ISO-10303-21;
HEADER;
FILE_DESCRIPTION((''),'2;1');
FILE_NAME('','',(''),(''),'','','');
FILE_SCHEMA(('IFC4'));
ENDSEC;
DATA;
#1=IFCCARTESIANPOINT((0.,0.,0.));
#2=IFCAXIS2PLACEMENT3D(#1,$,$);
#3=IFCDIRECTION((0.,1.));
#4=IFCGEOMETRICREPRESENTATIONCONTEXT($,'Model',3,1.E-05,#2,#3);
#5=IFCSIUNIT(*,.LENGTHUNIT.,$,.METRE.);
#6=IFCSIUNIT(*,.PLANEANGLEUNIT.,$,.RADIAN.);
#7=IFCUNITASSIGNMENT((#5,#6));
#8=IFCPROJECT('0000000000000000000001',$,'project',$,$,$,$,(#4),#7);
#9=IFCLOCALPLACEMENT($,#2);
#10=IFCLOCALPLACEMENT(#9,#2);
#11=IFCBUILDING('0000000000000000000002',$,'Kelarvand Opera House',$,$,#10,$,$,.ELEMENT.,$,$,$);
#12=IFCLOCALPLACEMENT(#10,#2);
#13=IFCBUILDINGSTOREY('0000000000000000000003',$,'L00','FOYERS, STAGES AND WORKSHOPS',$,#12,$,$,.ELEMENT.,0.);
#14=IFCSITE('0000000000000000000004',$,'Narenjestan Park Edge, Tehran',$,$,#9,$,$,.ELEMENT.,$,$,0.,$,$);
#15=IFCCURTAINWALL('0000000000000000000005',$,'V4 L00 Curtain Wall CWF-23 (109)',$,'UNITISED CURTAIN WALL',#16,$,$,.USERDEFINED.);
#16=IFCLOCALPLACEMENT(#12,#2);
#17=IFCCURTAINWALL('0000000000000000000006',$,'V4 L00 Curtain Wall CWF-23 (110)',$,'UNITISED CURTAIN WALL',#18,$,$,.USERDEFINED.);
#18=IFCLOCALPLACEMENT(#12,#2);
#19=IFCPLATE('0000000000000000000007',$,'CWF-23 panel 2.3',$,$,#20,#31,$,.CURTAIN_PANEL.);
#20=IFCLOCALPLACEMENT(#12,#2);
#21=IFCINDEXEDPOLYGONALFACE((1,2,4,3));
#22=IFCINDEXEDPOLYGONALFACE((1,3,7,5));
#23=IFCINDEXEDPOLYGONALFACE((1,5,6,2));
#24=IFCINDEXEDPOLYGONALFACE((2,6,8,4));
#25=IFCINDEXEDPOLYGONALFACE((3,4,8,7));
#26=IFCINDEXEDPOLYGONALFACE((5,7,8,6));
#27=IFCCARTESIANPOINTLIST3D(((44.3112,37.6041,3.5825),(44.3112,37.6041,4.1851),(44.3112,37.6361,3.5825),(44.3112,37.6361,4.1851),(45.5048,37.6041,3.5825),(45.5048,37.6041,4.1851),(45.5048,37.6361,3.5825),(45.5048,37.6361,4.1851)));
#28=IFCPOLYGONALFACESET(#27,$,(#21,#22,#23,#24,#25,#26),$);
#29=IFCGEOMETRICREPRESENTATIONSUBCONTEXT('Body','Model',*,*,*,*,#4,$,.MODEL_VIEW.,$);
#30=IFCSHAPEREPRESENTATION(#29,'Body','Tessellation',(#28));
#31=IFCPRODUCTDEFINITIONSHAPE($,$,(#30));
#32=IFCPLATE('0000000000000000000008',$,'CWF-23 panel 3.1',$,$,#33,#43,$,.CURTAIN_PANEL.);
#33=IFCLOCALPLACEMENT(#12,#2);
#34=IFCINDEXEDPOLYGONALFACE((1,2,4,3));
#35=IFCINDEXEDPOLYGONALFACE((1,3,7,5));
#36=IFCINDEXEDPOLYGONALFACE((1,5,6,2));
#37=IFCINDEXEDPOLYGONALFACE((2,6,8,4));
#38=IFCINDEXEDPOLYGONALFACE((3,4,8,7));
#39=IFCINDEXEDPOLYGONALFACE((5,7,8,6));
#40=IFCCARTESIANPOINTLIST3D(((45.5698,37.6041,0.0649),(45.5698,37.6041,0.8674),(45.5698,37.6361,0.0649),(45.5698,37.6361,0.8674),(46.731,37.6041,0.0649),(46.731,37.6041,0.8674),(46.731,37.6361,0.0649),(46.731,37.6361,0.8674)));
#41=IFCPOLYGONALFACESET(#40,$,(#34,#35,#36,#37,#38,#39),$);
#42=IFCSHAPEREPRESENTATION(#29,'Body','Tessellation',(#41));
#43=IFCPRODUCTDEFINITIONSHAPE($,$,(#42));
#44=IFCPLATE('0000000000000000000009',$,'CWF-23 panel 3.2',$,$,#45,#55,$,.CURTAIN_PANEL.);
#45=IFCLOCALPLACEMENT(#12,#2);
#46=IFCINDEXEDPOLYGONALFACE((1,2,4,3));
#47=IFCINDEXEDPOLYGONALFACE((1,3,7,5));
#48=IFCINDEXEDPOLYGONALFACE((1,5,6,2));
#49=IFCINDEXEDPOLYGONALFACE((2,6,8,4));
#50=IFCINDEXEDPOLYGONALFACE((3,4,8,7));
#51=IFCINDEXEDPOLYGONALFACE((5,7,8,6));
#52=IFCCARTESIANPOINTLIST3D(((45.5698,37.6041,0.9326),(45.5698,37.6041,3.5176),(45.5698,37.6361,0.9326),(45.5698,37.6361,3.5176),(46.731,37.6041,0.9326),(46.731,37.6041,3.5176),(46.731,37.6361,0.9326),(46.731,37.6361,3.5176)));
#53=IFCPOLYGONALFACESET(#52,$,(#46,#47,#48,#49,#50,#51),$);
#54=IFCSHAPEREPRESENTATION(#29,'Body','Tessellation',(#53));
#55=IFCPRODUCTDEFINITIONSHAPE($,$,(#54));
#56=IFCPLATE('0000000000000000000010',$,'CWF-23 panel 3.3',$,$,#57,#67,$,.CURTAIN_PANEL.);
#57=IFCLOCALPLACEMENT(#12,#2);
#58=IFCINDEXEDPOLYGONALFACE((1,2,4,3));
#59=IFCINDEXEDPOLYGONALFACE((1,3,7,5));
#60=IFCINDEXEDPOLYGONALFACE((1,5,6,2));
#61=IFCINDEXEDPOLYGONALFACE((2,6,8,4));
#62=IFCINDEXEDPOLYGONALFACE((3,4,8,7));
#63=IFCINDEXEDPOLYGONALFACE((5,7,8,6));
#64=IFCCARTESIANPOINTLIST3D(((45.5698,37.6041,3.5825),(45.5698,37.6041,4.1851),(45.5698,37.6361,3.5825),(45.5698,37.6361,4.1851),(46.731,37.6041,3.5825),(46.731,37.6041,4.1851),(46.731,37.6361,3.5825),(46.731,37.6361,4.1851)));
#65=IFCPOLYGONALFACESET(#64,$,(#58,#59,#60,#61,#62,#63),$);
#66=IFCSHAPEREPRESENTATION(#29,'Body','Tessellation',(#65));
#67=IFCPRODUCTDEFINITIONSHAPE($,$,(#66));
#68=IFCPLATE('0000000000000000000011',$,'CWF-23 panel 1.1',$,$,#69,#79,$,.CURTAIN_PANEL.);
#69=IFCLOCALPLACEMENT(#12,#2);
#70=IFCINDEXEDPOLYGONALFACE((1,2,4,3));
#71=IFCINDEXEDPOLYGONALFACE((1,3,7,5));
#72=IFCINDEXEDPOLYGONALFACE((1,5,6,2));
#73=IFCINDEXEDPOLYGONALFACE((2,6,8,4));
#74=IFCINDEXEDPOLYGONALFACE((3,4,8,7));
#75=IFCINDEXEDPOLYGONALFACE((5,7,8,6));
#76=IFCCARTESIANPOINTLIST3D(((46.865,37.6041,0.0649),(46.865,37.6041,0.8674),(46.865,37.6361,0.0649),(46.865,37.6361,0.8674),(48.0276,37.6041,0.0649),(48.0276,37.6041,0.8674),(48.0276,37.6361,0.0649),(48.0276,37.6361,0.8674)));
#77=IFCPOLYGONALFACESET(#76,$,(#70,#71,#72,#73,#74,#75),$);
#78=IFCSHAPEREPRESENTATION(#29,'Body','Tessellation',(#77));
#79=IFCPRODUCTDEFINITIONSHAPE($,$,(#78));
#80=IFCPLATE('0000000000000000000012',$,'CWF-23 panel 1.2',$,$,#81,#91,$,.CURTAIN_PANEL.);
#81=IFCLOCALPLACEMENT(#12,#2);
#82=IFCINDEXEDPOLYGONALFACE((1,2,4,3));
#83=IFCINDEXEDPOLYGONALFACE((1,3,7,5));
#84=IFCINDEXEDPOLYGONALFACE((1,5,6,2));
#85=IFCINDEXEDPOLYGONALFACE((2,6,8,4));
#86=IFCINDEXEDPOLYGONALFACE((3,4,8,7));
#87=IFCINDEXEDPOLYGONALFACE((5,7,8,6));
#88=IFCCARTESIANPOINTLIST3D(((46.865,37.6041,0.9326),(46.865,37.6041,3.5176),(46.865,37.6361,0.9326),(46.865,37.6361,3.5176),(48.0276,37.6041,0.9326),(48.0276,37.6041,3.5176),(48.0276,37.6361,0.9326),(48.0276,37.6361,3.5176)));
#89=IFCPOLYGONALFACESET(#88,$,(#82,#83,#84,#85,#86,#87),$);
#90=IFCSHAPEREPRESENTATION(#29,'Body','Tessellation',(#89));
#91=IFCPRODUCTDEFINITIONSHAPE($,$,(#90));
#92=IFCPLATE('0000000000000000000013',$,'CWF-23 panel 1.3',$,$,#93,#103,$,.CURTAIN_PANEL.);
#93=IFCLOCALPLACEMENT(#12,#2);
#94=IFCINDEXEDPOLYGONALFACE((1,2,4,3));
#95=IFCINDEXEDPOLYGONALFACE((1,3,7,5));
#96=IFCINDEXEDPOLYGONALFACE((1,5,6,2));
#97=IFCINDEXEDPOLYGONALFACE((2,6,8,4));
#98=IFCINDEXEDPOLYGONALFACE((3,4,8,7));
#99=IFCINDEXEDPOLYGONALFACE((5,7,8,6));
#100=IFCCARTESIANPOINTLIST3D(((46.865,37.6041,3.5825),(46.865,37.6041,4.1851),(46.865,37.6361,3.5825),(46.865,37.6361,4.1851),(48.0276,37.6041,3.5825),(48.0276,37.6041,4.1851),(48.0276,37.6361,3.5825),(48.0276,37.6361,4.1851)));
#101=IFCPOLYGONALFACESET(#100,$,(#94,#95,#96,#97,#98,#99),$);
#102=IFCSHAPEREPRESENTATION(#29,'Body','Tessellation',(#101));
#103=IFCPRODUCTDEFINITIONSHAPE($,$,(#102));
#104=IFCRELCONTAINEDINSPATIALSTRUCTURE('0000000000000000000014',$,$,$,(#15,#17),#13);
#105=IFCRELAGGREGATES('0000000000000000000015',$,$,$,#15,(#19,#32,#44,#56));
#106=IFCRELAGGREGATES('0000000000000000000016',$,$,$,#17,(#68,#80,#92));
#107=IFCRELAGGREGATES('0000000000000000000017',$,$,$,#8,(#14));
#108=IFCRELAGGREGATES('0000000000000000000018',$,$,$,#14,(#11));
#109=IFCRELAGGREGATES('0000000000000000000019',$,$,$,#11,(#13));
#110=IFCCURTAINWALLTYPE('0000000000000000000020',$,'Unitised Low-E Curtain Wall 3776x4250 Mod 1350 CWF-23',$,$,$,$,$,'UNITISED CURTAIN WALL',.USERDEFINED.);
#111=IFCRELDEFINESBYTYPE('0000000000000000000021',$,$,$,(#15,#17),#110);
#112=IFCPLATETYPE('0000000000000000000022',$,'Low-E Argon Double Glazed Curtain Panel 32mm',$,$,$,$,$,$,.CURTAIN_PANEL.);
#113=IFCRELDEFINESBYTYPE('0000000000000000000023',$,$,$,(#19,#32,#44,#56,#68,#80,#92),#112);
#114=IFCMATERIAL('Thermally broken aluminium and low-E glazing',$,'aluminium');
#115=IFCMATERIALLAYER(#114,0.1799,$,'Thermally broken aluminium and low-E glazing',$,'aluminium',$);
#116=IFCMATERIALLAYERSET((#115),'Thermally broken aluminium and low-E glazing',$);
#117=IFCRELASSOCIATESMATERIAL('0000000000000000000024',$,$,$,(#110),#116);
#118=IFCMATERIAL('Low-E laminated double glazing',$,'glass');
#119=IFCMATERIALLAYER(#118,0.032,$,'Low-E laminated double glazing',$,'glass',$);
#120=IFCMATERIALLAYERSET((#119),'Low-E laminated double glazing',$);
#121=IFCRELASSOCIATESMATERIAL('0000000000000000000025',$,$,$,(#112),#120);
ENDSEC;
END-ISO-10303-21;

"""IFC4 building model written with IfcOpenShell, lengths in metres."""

from ifc_helpers import new_model, si_unit, direction, frame, origin, origin_2d, place, context, subcontext, project, spatial, rectangle, extrude, material, layer, layer_set, type_object, element, aggregate, save


model = new_model("IFC4")

# Units and contexts
model_context = context("Model", 3, precision=1e-05, world=origin(), true_north=direction((0.0, 1.0)))
body_context = subcontext(model_context, "Body", "Model", "MODEL_VIEW")
ifc_project = project(units=[si_unit("LENGTHUNIT", "METRE"), si_unit("PLANEANGLEUNIT", "RADIAN")], contexts=[model_context])

# Site, building, storey
site_placement = place(None, origin())
site = spatial("IfcSite", under=ifc_project, at=site_placement, Name="Narenjestan Park Edge, Tehran", CompositionType="ELEMENT", RefElevation=0.0)
building_placement = place(site_placement, origin())
building = spatial("IfcBuilding", under=site, at=building_placement, Name="Kelarvand Opera House", CompositionType="ELEMENT")
storey_placement = place(building_placement, origin())
storey = spatial("IfcBuildingStorey", under=building, at=storey_placement, Name="L00", Description="FOYERS, STAGES AND WORKSHOPS", CompositionType="ELEMENT", Elevation=0.0)

# Curtain walls
ifc_material_1 = material(Name="Thermally broken aluminium and low-E glazing", Category="aluminium")
ifc_layer_1 = layer(ifc_material_1, 0.1799, Name="Thermally broken aluminium and low-E glazing", Category="aluminium")
ifc_layer_set_1 = layer_set([ifc_layer_1], Name="Thermally broken aluminium and low-E glazing")
curtain_wall_type = type_object("IfcCurtainWallType", Name="Unitised Low-E Curtain Wall 3776x4250 Mod 1350 CWF-23", ElementType="UNITISED CURTAIN WALL", PredefinedType="USERDEFINED", material=ifc_layer_set_1)
curtain_wall_1_placement = place(storey_placement, origin())
curtain_wall_1 = element("IfcCurtainWall", 1, at=curtain_wall_1_placement, inside=storey, type_object=curtain_wall_type, Name="V4 L00 Curtain Wall CWF-23 (109)", ObjectType="UNITISED CURTAIN WALL", PredefinedType="USERDEFINED")
curtain_wall_2_placement = place(storey_placement, origin())
curtain_wall_2 = element("IfcCurtainWall", 2, at=curtain_wall_2_placement, inside=storey, type_object=curtain_wall_type, Name="V4 L00 Curtain Wall CWF-23 (110)", ObjectType="UNITISED CURTAIN WALL", PredefinedType="USERDEFINED")

# Plates
ifc_material_2 = material(Name="Low-E laminated double glazing", Category="glass")
ifc_layer_2 = layer(ifc_material_2, 0.032, Name="Low-E laminated double glazing", Category="glass")
ifc_layer_set_2 = layer_set([ifc_layer_2], Name="Low-E laminated double glazing")
plate_type = type_object("IfcPlateType", Name="Low-E Argon Double Glazed Curtain Panel 32mm", PredefinedType="CURTAIN_PANEL", material=ifc_layer_set_2)
plate_1_placement = place(storey_placement, frame((44.908, 37.6201, 3.5825), z_axis=(0.0, 0.0, 1.0), x_axis=(1.0, 0.0, 0.0)))
plate_1 = element("IfcPlate", 3, at=plate_1_placement, type_object=plate_type, Name="CWF-23 panel 2.3", PredefinedType="CURTAIN_PANEL", context=body_context, shape_type="SweptSolid", body=[
    extrude(rectangle(XDim=1.1936, YDim=0.032, at=origin_2d()), origin(), (0.0, 0.0, 1.0), 0.6025),
])
plate_2_placement = place(storey_placement, frame((46.1504, 37.6201, 0.0649), z_axis=(0.0, 0.0, 1.0), x_axis=(1.0, 0.0, 0.0)))
plate_2 = element("IfcPlate", 4, at=plate_2_placement, type_object=plate_type, Name="CWF-23 panel 3.1", PredefinedType="CURTAIN_PANEL", context=body_context, shape_type="SweptSolid", body=[
    extrude(rectangle(XDim=1.1611, YDim=0.032, at=origin_2d()), origin(), (0.0, 0.0, 1.0), 0.8025),
])
plate_3_placement = place(storey_placement, frame((46.1504, 37.6201, 0.9326), z_axis=(0.0, 0.0, 1.0), x_axis=(1.0, 0.0, 0.0)))
plate_3 = element("IfcPlate", 5, at=plate_3_placement, type_object=plate_type, Name="CWF-23 panel 3.2", PredefinedType="CURTAIN_PANEL", context=body_context, shape_type="SweptSolid", body=[
    extrude(rectangle(XDim=1.1611, YDim=0.032, at=origin_2d()), origin(), (0.0, 0.0, 1.0), 2.585),
])
plate_4_placement = place(storey_placement, frame((46.1504, 37.6201, 3.5825), z_axis=(0.0, 0.0, 1.0), x_axis=(1.0, 0.0, 0.0)))
plate_4 = element("IfcPlate", 6, at=plate_4_placement, type_object=plate_type, Name="CWF-23 panel 3.3", PredefinedType="CURTAIN_PANEL", context=body_context, shape_type="SweptSolid", body=[
    extrude(rectangle(XDim=1.1611, YDim=0.032, at=origin_2d()), origin(), (0.0, 0.0, 1.0), 0.6025),
])
aggregate(curtain_wall_1, [plate_1, plate_2, plate_3, plate_4])
plate_5_placement = place(storey_placement, frame((47.4463, 37.6201, 0.0649), z_axis=(0.0, 0.0, 1.0), x_axis=(1.0, 0.0, 0.0)))
plate_5 = element("IfcPlate", 7, at=plate_5_placement, type_object=plate_type, Name="CWF-23 panel 1.1", PredefinedType="CURTAIN_PANEL", context=body_context, shape_type="SweptSolid", body=[
    extrude(rectangle(XDim=1.1626, YDim=0.032, at=origin_2d()), origin(), (0.0, 0.0, 1.0), 0.8025),
])
plate_6_placement = place(storey_placement, frame((47.4463, 37.6201, 0.9326), z_axis=(0.0, 0.0, 1.0), x_axis=(1.0, 0.0, 0.0)))
plate_6 = element("IfcPlate", 8, at=plate_6_placement, type_object=plate_type, Name="CWF-23 panel 1.2", PredefinedType="CURTAIN_PANEL", context=body_context, shape_type="SweptSolid", body=[
    extrude(rectangle(XDim=1.1626, YDim=0.032, at=origin_2d()), origin(), (0.0, 0.0, 1.0), 2.585),
])
plate_7_placement = place(storey_placement, frame((47.4463, 37.6201, 3.5825), z_axis=(0.0, 0.0, 1.0), x_axis=(1.0, 0.0, 0.0)))
plate_7 = element("IfcPlate", 9, at=plate_7_placement, type_object=plate_type, Name="CWF-23 panel 1.3", PredefinedType="CURTAIN_PANEL", context=body_context, shape_type="SweptSolid", body=[
    extrude(rectangle(XDim=1.1626, YDim=0.032, at=origin_2d()), origin(), (0.0, 0.0, 1.0), 0.6025),
])
aggregate(curtain_wall_2, [plate_5, plate_6, plate_7])

save(model, "model.ifc")
